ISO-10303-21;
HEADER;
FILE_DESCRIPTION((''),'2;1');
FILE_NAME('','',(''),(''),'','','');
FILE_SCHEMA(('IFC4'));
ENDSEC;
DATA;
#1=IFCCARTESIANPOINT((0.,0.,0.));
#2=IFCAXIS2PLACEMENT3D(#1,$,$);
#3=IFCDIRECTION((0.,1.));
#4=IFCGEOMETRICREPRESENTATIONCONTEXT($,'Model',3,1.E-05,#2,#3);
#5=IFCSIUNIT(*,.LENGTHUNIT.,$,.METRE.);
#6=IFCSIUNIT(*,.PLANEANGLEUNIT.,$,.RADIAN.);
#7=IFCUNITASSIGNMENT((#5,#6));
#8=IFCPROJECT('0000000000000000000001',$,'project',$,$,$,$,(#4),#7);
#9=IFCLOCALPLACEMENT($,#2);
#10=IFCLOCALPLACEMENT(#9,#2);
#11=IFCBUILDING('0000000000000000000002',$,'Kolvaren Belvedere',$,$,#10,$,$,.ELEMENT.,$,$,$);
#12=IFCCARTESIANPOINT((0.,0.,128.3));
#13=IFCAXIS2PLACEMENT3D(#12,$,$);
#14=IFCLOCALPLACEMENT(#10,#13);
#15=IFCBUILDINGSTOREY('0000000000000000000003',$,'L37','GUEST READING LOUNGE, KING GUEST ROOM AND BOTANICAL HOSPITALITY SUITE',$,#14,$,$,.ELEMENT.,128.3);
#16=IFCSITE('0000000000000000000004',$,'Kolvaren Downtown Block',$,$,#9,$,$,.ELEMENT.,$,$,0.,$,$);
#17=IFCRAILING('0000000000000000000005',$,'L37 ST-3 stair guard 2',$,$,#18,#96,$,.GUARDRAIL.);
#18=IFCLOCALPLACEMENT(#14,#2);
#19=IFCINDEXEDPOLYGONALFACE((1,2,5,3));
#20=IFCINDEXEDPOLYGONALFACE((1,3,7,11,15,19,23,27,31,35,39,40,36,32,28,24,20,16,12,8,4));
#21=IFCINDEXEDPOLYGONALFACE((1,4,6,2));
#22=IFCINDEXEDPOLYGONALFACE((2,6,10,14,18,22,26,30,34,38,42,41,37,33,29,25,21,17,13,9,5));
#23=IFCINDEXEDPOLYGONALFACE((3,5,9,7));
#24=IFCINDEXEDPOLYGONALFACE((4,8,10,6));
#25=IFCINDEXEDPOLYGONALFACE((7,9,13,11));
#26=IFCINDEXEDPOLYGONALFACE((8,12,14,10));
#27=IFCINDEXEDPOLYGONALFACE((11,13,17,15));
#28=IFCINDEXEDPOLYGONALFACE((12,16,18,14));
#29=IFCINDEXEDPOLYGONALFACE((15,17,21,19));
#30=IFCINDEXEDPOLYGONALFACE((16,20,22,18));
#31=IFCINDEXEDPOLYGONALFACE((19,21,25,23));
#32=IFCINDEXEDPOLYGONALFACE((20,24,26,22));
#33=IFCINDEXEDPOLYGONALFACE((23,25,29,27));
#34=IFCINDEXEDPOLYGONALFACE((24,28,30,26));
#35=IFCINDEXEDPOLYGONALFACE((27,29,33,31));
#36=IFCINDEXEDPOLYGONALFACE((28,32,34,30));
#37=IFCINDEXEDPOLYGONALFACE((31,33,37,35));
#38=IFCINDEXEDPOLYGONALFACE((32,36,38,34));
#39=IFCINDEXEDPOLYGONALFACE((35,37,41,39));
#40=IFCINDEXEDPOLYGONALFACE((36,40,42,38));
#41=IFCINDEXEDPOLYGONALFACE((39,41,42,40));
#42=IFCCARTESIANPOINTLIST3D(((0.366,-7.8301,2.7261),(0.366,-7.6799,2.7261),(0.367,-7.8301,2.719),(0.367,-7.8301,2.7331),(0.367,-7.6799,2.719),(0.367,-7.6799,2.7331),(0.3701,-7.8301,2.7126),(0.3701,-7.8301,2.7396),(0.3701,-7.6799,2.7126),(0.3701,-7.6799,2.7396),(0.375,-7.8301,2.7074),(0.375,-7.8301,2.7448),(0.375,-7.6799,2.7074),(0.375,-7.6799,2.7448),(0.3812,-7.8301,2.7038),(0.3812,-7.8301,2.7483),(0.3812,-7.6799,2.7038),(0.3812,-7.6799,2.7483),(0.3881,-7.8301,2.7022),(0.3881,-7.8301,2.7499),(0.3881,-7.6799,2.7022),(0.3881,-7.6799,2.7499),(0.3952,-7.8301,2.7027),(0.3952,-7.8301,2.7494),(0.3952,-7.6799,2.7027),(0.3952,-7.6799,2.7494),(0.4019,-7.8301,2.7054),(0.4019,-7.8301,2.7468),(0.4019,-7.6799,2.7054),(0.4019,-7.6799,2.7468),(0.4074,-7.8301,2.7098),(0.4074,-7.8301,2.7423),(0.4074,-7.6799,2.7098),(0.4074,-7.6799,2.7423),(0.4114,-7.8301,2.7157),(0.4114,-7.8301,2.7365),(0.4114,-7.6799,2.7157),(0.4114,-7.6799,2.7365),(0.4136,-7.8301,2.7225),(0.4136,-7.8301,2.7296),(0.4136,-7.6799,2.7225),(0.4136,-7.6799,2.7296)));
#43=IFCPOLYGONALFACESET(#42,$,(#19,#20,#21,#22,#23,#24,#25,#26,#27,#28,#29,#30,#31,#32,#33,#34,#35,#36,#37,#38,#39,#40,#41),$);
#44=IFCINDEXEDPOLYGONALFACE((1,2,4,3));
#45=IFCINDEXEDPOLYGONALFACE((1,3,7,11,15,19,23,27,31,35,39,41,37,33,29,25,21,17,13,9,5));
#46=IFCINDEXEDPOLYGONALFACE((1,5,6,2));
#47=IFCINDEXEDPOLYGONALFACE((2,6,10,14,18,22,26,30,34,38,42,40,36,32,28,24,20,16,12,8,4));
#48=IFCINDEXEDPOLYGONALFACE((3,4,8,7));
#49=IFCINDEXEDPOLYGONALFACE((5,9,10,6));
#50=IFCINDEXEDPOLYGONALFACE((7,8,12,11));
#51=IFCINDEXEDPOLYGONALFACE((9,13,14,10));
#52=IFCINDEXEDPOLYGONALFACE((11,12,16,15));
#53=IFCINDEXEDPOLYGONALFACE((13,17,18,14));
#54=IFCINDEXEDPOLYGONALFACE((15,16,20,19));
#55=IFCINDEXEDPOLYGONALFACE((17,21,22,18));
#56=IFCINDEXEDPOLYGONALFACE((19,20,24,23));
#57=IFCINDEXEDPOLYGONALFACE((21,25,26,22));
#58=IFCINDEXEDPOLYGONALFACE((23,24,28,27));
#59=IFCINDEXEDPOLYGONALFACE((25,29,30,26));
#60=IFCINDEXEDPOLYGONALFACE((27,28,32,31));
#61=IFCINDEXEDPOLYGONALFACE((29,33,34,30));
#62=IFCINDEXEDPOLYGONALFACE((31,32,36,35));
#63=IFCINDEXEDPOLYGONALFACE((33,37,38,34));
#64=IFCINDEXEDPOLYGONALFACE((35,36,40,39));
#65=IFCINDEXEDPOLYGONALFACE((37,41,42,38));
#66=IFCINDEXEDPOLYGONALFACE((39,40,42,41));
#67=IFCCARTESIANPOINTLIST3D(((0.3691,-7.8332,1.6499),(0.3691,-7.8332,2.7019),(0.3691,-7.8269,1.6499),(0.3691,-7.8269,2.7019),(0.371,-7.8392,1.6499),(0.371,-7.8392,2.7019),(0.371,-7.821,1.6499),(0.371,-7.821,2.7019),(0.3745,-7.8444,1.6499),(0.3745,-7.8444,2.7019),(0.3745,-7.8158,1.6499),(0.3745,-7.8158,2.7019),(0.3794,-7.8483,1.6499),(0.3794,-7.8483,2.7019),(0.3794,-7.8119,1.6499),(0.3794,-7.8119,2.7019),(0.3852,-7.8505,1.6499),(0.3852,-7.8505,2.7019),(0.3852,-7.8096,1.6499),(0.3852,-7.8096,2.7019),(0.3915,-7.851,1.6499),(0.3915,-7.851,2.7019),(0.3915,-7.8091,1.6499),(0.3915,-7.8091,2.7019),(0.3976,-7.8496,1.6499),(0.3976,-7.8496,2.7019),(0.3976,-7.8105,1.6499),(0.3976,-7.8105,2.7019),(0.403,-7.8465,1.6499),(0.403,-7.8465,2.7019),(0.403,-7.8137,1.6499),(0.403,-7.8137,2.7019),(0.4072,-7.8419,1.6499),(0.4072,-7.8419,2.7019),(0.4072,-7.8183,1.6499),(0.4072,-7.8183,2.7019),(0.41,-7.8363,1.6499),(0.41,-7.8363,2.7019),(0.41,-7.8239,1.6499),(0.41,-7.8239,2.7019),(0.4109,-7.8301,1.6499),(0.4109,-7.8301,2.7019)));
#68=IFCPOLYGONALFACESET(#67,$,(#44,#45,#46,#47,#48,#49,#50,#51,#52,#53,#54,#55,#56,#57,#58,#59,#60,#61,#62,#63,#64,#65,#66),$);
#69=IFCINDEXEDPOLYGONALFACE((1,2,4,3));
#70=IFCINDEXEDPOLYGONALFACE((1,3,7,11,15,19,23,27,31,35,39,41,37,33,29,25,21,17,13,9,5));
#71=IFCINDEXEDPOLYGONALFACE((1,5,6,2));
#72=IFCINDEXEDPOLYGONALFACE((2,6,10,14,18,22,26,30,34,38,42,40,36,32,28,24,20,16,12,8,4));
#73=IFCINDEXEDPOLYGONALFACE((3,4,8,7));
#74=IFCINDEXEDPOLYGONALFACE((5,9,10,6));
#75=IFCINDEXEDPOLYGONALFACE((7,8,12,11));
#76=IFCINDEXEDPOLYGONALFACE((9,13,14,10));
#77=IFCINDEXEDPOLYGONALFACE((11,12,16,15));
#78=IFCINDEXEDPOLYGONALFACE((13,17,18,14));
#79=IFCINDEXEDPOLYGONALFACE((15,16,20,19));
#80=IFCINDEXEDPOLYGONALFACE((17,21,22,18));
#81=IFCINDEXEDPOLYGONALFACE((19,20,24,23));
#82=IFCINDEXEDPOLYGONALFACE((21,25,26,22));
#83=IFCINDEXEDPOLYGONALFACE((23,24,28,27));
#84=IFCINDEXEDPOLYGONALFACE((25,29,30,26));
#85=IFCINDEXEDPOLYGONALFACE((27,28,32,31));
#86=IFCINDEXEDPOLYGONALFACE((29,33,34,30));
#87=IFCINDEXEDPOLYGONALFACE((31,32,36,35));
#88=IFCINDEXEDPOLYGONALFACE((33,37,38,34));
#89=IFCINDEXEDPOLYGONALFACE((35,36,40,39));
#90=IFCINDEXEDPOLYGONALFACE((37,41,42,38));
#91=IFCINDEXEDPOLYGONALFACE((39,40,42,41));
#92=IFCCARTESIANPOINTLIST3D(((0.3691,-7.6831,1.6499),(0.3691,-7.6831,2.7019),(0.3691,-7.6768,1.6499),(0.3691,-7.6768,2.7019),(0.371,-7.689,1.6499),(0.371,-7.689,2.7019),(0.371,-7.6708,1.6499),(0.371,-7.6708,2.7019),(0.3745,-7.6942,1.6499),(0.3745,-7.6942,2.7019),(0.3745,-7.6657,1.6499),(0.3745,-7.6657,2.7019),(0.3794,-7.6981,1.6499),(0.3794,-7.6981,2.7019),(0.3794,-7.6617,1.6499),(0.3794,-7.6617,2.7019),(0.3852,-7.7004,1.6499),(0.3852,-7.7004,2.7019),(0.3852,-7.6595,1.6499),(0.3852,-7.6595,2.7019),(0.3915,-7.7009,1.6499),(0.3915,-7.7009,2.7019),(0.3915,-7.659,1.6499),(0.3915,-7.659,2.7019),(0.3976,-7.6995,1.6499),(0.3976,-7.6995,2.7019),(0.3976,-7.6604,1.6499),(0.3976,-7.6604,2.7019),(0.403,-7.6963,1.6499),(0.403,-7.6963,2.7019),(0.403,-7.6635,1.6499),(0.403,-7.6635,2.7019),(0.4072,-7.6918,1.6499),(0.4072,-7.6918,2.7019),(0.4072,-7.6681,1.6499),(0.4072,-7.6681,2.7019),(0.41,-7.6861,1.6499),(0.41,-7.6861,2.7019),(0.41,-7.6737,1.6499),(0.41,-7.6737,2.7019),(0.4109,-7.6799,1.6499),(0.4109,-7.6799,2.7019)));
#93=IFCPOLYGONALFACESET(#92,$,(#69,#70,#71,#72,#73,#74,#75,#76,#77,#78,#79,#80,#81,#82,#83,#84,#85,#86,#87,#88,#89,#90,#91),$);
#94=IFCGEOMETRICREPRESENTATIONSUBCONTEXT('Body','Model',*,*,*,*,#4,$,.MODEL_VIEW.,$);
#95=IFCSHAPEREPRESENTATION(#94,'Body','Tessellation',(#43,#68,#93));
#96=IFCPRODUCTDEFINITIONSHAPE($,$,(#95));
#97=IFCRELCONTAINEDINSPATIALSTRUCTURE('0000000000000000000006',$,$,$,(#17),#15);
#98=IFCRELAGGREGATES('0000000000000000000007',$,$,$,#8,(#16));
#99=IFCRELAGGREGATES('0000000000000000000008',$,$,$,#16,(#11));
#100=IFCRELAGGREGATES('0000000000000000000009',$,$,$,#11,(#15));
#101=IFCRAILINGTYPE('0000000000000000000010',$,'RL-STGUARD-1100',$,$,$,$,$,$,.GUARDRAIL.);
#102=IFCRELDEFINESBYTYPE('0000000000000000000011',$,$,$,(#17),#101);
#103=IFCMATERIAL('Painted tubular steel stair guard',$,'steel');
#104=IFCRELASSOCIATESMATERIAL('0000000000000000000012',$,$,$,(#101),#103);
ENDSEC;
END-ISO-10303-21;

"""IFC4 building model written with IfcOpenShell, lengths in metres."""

from ifc_helpers import new_model, si_unit, direction, frame, origin, origin_2d, place, context, subcontext, project, spatial, circle, extrude, material, type_object, element, save


model = new_model("IFC4")

# Units and contexts
model_context = context("Model", 3, precision=1e-05, world=origin(), true_north=direction((0.0, 1.0)))
body_context = subcontext(model_context, "Body", "Model", "MODEL_VIEW")
ifc_project = project(units=[si_unit("LENGTHUNIT", "METRE"), si_unit("PLANEANGLEUNIT", "RADIAN")], contexts=[model_context])

# Site, building, storey
site_placement = place(None, origin())
site = spatial("IfcSite", under=ifc_project, at=site_placement, Name="Kolvaren Downtown Block", CompositionType="ELEMENT", RefElevation=0.0)
building_placement = place(site_placement, origin())
building = spatial("IfcBuilding", under=site, at=building_placement, Name="Kolvaren Belvedere", CompositionType="ELEMENT")
storey_placement = place(building_placement, frame((0.0, 0.0, 128.3)))
storey = spatial("IfcBuildingStorey", under=building, at=storey_placement, Name="L37", Description="GUEST READING LOUNGE, KING GUEST ROOM AND BOTANICAL HOSPITALITY SUITE", CompositionType="ELEMENT", Elevation=128.3)

# Railing
ifc_material_1 = material(Name="Painted tubular steel stair guard", Category="steel")
railing_type_1 = type_object("IfcRailingType", Name="RL-STGUARD-1100", PredefinedType="GUARDRAIL", material=ifc_material_1)
railing_1_placement = place(storey_placement, frame((0.3899, -7.8301, 1.6499)))
element("IfcRailing", 1, at=railing_1_placement, inside=storey, type_object=railing_type_1, Name="L37 ST-3 stair guard 2", PredefinedType="GUARDRAIL", context=body_context, shape_type="SweptSolid", body=[
    extrude(circle(Radius=0.0239, at=origin_2d()), frame((0.0, 0.0, 1.0762), z_axis=(0.0, 1.0, 0.0), x_axis=(-1.0, 0.0, 0.0)), (0.0, 0.0, 1.0), 0.1501),
    extrude(circle(Radius=0.021, at=origin_2d()), origin(), (0.0, 0.0, 1.0), 1.052),
    extrude(circle(Radius=0.021, at=origin_2d()), frame((0.0, 0.1501, 0.0)), (0.0, 0.0, 1.0), 1.052),
])

save(model, "model.ifc")
